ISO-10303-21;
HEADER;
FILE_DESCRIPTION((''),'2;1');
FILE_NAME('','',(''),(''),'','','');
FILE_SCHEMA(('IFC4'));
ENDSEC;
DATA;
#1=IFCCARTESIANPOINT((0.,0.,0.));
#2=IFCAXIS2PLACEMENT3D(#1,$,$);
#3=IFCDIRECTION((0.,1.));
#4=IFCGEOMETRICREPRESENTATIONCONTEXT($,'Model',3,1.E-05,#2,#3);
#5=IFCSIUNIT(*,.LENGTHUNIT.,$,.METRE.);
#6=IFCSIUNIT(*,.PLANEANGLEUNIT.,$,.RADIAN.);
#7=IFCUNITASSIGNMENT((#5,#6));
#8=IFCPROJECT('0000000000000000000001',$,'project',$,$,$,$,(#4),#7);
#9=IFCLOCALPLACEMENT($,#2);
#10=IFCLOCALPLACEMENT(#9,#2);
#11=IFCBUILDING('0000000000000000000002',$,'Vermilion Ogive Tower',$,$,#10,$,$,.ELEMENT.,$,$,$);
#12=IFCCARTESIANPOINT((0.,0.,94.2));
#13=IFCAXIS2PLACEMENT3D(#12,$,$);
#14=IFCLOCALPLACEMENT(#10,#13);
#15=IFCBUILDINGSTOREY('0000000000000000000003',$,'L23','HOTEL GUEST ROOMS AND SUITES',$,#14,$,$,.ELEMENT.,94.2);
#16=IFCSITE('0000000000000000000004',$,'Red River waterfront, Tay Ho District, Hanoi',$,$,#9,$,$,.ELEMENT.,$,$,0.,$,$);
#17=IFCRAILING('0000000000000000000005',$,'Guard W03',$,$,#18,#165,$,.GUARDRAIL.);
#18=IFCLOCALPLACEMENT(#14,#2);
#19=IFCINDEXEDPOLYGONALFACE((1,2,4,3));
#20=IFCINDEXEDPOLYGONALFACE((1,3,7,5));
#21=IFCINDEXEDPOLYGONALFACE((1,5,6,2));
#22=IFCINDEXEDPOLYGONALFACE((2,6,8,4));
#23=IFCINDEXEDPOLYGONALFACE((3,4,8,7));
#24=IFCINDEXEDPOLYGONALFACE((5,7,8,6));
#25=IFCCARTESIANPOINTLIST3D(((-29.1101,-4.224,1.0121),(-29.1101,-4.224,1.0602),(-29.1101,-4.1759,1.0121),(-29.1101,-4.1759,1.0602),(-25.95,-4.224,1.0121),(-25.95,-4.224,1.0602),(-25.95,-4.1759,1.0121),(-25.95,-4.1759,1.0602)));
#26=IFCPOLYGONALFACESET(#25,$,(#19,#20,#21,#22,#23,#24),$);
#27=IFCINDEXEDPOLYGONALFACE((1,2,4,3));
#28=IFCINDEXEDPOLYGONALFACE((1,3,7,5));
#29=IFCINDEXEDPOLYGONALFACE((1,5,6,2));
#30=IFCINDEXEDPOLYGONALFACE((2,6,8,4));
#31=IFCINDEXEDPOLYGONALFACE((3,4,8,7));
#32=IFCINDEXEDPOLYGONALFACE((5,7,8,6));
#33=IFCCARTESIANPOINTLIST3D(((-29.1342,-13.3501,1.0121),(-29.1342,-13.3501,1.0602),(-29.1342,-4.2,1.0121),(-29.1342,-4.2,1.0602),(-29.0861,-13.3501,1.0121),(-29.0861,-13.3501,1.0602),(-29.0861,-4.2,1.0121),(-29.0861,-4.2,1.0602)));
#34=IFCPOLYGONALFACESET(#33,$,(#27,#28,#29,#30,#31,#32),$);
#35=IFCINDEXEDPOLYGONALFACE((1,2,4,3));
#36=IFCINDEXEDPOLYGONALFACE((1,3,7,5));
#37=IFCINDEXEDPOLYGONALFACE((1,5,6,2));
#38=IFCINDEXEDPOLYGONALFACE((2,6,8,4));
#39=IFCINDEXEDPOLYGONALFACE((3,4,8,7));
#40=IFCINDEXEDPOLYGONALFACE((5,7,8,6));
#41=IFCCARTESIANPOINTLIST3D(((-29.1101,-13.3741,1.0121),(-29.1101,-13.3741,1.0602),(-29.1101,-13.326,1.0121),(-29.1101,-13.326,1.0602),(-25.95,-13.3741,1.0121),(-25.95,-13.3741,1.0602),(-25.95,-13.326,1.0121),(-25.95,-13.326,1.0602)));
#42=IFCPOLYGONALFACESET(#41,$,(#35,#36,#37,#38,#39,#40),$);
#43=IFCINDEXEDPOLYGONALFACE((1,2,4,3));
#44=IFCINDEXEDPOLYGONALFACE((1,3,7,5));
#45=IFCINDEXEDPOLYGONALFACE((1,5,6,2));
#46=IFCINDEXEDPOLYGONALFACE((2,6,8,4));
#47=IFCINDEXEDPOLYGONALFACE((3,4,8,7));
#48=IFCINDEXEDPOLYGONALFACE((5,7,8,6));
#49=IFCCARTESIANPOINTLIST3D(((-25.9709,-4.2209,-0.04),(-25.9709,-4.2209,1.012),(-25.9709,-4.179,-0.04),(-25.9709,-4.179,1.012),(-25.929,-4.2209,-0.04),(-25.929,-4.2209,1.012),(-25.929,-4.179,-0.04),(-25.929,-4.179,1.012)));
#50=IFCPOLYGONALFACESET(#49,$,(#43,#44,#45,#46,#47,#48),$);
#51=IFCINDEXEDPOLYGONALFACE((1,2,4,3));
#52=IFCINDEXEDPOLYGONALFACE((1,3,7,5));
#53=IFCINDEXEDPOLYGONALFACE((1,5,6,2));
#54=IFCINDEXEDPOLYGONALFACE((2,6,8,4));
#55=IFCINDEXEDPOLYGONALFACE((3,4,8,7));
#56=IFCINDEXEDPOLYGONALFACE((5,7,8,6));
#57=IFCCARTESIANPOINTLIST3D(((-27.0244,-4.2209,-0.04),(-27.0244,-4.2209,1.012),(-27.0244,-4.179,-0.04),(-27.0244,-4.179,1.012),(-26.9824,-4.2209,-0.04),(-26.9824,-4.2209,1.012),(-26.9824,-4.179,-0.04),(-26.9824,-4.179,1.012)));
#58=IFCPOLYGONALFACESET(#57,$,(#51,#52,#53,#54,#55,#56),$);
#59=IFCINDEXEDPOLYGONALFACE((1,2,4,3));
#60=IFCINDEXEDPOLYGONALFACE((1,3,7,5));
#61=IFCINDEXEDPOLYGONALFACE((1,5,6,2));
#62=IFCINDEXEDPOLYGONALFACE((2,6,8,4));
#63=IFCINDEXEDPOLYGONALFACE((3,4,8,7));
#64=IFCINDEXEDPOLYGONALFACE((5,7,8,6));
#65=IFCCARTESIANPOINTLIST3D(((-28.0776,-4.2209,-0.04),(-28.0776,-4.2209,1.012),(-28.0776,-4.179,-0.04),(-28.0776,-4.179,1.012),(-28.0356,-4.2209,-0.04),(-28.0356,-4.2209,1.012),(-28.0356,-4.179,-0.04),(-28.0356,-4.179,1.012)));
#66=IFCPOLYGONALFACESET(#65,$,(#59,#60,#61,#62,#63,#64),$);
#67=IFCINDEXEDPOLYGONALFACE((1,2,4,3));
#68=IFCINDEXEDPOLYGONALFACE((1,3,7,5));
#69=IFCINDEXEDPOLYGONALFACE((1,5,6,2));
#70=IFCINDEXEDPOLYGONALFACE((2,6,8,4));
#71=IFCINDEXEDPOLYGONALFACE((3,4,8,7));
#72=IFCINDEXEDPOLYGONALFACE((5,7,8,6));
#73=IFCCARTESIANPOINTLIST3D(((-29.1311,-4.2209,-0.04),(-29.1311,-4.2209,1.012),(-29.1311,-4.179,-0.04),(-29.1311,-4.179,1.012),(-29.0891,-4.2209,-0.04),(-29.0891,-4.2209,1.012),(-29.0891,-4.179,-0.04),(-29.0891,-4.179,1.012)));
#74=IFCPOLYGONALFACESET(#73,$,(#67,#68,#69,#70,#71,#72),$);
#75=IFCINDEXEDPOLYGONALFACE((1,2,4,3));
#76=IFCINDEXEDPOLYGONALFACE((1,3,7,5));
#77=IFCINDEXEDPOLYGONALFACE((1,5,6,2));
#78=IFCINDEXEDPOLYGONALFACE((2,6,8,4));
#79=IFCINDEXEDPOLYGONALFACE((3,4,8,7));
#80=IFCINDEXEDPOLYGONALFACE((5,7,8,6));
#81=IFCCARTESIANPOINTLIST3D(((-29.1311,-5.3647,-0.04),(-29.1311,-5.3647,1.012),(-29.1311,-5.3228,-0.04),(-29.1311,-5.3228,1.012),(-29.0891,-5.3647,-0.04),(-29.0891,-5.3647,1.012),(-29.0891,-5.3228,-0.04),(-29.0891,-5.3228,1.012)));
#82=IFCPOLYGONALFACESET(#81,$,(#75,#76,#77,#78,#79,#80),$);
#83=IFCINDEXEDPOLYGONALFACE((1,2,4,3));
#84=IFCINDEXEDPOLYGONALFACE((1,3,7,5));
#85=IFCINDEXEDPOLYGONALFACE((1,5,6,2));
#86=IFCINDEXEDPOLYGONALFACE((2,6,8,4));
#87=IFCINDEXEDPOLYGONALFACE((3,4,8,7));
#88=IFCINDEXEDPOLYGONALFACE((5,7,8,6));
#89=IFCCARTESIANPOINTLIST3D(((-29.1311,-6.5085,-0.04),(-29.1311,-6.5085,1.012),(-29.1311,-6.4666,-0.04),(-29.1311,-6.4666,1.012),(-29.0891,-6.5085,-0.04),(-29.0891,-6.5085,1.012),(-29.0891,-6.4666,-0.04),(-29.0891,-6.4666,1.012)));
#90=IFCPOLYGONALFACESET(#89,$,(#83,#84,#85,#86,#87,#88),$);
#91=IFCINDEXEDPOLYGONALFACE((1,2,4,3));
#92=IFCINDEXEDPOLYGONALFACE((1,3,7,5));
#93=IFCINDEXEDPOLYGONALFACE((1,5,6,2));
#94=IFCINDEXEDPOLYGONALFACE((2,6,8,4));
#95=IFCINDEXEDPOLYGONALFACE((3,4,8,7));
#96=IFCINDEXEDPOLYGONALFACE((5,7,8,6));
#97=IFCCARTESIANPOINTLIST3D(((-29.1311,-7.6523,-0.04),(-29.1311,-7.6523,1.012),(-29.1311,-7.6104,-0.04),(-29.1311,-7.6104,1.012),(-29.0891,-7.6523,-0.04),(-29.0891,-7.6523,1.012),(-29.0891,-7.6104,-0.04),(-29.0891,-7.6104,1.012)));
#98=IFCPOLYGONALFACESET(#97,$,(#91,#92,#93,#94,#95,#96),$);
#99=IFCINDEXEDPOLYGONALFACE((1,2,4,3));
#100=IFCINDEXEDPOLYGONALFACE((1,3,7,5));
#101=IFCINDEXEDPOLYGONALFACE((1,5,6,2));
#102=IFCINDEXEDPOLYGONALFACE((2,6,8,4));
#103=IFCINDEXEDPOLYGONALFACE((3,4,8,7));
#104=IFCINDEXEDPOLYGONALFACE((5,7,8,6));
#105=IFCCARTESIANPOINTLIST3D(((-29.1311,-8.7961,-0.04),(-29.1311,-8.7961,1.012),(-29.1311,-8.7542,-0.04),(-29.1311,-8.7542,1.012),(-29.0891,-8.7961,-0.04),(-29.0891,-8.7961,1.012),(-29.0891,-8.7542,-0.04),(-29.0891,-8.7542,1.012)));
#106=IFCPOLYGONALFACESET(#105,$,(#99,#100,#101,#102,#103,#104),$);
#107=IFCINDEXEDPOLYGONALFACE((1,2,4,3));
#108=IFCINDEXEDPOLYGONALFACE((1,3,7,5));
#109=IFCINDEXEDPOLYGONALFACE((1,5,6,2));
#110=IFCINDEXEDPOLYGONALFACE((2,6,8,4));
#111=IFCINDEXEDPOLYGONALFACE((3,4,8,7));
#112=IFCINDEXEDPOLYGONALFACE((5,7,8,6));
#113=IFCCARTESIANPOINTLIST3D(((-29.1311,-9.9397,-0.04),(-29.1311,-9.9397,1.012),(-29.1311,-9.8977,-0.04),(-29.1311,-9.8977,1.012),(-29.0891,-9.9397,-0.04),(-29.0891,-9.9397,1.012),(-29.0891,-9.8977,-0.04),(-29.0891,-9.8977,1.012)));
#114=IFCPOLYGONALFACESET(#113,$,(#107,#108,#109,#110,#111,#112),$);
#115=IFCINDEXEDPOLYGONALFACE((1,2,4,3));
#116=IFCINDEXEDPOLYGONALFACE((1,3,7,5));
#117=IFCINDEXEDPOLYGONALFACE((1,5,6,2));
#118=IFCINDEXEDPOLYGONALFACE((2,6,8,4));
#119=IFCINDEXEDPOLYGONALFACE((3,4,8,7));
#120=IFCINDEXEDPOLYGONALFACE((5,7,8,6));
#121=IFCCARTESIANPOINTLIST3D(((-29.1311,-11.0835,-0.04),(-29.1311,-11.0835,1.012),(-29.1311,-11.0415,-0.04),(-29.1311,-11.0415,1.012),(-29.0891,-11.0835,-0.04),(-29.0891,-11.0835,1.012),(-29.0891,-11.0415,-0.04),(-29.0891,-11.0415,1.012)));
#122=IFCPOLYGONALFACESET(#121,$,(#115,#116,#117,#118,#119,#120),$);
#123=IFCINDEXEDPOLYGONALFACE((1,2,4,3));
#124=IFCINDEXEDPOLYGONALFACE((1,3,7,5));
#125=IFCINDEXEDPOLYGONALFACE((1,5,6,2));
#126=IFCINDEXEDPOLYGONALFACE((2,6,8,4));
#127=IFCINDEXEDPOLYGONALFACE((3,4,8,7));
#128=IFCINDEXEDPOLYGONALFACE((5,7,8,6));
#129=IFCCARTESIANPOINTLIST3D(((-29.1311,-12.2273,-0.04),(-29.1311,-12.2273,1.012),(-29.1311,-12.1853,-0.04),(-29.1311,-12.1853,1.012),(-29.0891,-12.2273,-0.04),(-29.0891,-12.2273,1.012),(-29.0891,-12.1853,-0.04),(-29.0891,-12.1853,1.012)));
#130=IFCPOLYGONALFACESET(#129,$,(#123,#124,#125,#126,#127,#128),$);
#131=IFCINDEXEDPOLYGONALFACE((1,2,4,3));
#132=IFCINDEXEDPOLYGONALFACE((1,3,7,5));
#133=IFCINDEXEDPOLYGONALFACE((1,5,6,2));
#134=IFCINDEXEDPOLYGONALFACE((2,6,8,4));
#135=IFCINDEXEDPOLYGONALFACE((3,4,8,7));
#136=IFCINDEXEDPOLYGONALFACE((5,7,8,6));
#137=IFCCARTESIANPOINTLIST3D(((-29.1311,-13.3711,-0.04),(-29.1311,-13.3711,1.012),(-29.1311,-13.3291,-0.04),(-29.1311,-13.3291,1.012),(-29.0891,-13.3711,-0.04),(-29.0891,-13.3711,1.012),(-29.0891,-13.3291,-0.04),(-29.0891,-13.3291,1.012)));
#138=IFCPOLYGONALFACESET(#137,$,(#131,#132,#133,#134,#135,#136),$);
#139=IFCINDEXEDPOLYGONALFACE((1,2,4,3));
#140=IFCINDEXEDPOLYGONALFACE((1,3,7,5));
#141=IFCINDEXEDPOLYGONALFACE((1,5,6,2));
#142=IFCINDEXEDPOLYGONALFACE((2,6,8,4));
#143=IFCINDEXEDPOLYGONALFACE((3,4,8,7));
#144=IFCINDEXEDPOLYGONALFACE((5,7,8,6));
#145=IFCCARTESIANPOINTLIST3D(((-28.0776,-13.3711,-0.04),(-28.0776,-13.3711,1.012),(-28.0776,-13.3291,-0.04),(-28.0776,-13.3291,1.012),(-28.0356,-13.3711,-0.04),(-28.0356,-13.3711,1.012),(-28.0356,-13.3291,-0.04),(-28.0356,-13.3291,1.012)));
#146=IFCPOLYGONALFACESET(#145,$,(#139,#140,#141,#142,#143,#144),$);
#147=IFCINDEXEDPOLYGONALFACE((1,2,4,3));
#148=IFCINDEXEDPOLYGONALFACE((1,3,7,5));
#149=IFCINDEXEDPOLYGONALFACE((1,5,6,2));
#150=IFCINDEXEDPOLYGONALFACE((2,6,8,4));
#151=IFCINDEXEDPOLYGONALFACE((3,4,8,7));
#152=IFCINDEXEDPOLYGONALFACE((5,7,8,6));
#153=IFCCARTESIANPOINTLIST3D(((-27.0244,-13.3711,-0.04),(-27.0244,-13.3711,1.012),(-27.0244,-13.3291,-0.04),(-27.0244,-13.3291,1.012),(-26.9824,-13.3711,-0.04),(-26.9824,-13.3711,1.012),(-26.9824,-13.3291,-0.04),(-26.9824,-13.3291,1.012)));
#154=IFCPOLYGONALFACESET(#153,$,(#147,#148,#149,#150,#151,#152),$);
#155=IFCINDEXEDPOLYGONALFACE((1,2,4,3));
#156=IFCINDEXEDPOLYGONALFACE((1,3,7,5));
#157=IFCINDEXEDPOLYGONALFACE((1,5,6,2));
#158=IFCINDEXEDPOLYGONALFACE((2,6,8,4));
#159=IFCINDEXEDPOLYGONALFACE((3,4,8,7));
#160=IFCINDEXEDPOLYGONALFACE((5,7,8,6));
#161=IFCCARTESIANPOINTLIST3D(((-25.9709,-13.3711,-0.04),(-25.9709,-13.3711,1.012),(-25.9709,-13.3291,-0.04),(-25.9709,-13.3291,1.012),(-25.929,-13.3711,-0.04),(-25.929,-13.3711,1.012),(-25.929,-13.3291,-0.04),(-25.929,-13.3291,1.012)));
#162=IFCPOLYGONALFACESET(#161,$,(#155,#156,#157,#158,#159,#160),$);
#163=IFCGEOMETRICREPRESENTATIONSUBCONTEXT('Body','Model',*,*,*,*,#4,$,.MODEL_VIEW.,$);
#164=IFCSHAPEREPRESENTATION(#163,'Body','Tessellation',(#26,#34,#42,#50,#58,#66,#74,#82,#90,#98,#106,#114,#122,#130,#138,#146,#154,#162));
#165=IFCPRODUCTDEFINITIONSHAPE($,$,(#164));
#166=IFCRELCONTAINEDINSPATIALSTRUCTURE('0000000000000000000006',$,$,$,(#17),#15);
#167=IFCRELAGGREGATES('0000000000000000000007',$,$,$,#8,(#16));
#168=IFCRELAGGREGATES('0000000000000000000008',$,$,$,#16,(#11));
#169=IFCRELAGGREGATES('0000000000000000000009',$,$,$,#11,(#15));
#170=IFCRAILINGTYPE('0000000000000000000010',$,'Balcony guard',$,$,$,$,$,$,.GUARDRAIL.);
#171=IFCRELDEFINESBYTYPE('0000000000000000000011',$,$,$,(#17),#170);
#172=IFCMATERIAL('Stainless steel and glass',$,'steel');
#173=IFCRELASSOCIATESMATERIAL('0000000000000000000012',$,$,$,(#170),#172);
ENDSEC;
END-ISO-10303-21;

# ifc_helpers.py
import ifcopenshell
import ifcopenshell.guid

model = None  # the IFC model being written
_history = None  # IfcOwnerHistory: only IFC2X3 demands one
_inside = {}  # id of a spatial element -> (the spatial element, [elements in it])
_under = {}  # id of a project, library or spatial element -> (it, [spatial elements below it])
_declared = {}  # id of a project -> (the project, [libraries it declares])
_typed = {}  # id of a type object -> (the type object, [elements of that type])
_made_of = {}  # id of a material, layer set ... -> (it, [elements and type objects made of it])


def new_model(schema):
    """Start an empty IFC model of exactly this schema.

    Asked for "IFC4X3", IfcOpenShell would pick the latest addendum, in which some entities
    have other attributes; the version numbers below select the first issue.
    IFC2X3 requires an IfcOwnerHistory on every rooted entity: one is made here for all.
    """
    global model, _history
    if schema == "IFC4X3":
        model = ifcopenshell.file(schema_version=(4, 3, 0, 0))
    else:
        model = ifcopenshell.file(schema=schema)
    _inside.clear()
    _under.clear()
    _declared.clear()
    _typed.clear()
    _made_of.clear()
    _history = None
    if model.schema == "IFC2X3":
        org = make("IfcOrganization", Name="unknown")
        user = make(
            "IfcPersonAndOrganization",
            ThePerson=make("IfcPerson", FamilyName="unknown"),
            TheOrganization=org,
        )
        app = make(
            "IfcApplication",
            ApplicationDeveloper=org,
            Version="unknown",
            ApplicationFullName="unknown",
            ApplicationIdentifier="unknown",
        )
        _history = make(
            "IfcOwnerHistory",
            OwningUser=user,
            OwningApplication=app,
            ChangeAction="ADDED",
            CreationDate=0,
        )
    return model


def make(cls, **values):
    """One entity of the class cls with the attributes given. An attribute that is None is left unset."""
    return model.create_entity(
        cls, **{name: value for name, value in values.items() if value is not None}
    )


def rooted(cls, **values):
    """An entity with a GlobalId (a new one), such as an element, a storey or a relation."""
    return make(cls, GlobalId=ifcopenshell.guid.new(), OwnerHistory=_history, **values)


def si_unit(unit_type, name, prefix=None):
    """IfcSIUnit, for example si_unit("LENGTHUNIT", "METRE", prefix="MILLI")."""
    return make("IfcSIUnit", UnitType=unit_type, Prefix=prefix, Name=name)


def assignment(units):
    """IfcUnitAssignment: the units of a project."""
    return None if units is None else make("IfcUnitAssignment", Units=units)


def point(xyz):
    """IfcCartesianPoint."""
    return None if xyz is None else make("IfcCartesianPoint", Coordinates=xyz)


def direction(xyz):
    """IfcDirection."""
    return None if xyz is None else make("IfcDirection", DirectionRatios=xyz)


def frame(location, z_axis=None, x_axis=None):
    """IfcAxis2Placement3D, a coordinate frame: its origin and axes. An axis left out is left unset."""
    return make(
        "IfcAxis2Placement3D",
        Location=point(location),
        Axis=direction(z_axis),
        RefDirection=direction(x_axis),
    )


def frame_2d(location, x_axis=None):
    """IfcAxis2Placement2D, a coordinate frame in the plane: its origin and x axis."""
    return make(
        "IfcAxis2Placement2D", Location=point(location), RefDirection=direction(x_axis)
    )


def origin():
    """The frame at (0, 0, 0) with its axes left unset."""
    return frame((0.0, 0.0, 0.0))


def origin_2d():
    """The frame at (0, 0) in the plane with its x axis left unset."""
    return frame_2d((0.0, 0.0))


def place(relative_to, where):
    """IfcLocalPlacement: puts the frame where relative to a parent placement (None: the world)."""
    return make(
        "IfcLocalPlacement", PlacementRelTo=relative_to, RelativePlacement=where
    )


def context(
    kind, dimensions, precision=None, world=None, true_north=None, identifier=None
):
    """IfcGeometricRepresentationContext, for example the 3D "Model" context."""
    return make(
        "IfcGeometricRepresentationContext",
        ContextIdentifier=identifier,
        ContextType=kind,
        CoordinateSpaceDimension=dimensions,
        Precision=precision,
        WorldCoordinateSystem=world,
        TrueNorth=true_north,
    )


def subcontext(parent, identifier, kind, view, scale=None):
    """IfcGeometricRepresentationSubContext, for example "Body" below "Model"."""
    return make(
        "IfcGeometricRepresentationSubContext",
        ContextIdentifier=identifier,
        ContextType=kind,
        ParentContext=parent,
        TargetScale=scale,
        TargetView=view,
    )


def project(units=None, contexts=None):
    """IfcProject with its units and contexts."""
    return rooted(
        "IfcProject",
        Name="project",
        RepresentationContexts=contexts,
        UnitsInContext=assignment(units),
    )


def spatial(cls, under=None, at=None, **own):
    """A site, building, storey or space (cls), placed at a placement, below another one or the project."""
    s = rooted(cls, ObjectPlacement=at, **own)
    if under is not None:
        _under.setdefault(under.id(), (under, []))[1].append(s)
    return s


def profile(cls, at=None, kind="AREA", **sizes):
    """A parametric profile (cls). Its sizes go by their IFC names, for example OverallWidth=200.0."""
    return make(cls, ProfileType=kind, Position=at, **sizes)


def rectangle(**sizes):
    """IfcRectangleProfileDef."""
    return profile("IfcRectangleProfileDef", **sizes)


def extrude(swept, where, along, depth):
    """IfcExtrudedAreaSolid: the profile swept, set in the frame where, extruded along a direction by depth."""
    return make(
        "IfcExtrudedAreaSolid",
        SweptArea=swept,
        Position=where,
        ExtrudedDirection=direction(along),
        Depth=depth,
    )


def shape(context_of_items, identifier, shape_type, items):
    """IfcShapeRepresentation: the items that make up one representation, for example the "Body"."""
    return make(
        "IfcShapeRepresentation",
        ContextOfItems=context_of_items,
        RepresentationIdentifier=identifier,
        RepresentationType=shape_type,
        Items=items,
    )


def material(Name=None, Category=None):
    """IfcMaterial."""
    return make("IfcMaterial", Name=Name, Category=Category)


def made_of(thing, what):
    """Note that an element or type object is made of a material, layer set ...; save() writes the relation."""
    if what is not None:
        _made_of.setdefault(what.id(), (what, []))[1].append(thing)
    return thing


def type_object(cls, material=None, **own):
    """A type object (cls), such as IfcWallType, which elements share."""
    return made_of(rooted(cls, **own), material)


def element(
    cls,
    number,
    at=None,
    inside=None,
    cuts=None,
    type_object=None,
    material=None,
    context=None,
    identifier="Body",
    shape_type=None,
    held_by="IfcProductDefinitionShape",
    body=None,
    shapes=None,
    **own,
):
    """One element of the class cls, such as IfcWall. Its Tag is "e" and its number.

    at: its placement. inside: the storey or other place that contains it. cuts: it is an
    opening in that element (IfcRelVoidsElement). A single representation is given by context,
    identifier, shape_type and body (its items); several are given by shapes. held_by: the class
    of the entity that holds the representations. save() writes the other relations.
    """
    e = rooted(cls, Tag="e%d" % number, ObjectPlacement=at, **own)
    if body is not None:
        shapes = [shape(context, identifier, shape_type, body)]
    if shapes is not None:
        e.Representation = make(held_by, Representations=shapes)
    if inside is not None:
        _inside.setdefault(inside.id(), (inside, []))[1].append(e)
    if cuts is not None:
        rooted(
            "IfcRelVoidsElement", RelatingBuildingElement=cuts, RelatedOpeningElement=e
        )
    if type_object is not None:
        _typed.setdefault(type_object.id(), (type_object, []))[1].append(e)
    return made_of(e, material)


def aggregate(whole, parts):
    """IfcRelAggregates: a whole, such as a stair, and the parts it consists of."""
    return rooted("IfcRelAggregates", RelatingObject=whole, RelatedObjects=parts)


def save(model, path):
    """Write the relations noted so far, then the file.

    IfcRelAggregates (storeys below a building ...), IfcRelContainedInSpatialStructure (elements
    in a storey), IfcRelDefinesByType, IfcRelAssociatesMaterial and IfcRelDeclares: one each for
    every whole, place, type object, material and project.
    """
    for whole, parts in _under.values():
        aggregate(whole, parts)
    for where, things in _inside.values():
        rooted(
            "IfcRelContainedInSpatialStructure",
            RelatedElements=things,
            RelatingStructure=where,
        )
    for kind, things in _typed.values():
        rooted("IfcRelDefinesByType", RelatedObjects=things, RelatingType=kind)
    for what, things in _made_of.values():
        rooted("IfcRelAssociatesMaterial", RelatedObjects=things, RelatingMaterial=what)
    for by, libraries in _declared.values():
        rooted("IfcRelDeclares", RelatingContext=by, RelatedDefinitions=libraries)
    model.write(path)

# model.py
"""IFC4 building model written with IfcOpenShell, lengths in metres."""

from ifc_helpers import new_model, si_unit, direction, frame, origin, origin_2d, place, context, subcontext, project, spatial, rectangle, extrude, material, type_object, element, save


model = new_model("IFC4")

# Units and contexts
model_context = context("Model", 3, precision=1e-05, world=origin(), true_north=direction((0.0, 1.0)))
body_context = subcontext(model_context, "Body", "Model", "MODEL_VIEW")
ifc_project = project(units=[si_unit("LENGTHUNIT", "METRE"), si_unit("PLANEANGLEUNIT", "RADIAN")], contexts=[model_context])

# Site, building, storey
site_placement = place(None, origin())
site = spatial("IfcSite", under=ifc_project, at=site_placement, Name="Red River waterfront, Tay Ho District, Hanoi", CompositionType="ELEMENT", RefElevation=0.0)
building_placement = place(site_placement, origin())
building = spatial("IfcBuilding", under=site, at=building_placement, Name="Vermilion Ogive Tower", CompositionType="ELEMENT")
storey_placement = place(building_placement, frame((0.0, 0.0, 94.2)))
storey = spatial("IfcBuildingStorey", under=building, at=storey_placement, Name="L23", Description="HOTEL GUEST ROOMS AND SUITES", CompositionType="ELEMENT", Elevation=94.2)

# Railing
ifc_material_1 = material(Name="Stainless steel and glass", Category="steel")
railing_type = type_object("IfcRailingType", Name="Balcony guard", PredefinedType="GUARDRAIL", material=ifc_material_1)
railing_placement = place(storey_placement, frame((-25.95, -4.2, -0.04)))
element("IfcRailing", 1, at=railing_placement, inside=storey, type_object=railing_type, Name="Guard W03", PredefinedType="GUARDRAIL", context=body_context, shape_type="SweptSolid", body=[
    extrude(rectangle(XDim=0.0481, YDim=0.0481, at=origin_2d()), frame((0.0, 0.0, 1.0762), z_axis=(-1.0, 0.0, 0.0), x_axis=(0.0, -1.0, 0.0)), (0.0, 0.0, 1.0), 3.1602),
    extrude(rectangle(XDim=0.0481, YDim=0.0481, at=origin_2d()), frame((-3.1602, 0.0, 1.0762), z_axis=(0.0, -1.0, 0.0), x_axis=(1.0, 0.0, 0.0)), (0.0, 0.0, 1.0), 9.1501),
    extrude(rectangle(XDim=0.0481, YDim=0.0481, at=origin_2d()), frame((-3.1602, -9.1501, 1.0762), z_axis=(1.0, 0.0, 0.0), x_axis=(0.0, 1.0, 0.0)), (0.0, 0.0, 1.0), 3.1602),
    extrude(rectangle(XDim=0.042, YDim=0.042, at=origin_2d()), origin(), (0.0, 0.0, 1.0), 1.052),
    extrude(rectangle(XDim=0.042, YDim=0.042, at=origin_2d()), frame((-1.0535, 0.0, 0.0)), (0.0, 0.0, 1.0), 1.052),
    extrude(rectangle(XDim=0.042, YDim=0.042, at=origin_2d()), frame((-2.1067, 0.0, 0.0)), (0.0, 0.0, 1.0), 1.052),
    extrude(rectangle(XDim=0.042, YDim=0.042, at=origin_2d()), frame((-3.1602, 0.0, 0.0)), (0.0, 0.0, 1.0), 1.052),
    extrude(rectangle(XDim=0.042, YDim=0.042, at=origin_2d()), frame((-3.1602, -1.1438, 0.0)), (0.0, 0.0, 1.0), 1.052),
    extrude(rectangle(XDim=0.042, YDim=0.042, at=origin_2d()), frame((-3.1602, -2.2876, 0.0)), (0.0, 0.0, 1.0), 1.052),
    extrude(rectangle(XDim=0.042, YDim=0.042, at=origin_2d()), frame((-3.1602, -3.4314, 0.0)), (0.0, 0.0, 1.0), 1.052),
    extrude(rectangle(XDim=0.042, YDim=0.042, at=origin_2d()), frame((-3.1602, -4.5752, 0.0)), (0.0, 0.0, 1.0), 1.052),
    extrude(rectangle(XDim=0.042, YDim=0.042, at=origin_2d()), frame((-3.1602, -5.7188, 0.0)), (0.0, 0.0, 1.0), 1.052),
    extrude(rectangle(XDim=0.042, YDim=0.042, at=origin_2d()), frame((-3.1602, -6.8625, 0.0)), (0.0, 0.0, 1.0), 1.052),
    extrude(rectangle(XDim=0.042, YDim=0.042, at=origin_2d()), frame((-3.1602, -8.0063, 0.0)), (0.0, 0.0, 1.0), 1.052),
    extrude(rectangle(XDim=0.042, YDim=0.042, at=origin_2d()), frame((-3.1602, -9.1501, 0.0)), (0.0, 0.0, 1.0), 1.052),
    extrude(rectangle(XDim=0.042, YDim=0.042, at=origin_2d()), frame((-2.1067, -9.1501, 0.0)), (0.0, 0.0, 1.0), 1.052),
    extrude(rectangle(XDim=0.042, YDim=0.042, at=origin_2d()), frame((-1.0535, -9.1501, 0.0)), (0.0, 0.0, 1.0), 1.052),
    extrude(rectangle(XDim=0.042, YDim=0.042, at=origin_2d()), frame((0.0, -9.1501, 0.0)), (0.0, 0.0, 1.0), 1.052),
])

save(model, "model.ifc")
